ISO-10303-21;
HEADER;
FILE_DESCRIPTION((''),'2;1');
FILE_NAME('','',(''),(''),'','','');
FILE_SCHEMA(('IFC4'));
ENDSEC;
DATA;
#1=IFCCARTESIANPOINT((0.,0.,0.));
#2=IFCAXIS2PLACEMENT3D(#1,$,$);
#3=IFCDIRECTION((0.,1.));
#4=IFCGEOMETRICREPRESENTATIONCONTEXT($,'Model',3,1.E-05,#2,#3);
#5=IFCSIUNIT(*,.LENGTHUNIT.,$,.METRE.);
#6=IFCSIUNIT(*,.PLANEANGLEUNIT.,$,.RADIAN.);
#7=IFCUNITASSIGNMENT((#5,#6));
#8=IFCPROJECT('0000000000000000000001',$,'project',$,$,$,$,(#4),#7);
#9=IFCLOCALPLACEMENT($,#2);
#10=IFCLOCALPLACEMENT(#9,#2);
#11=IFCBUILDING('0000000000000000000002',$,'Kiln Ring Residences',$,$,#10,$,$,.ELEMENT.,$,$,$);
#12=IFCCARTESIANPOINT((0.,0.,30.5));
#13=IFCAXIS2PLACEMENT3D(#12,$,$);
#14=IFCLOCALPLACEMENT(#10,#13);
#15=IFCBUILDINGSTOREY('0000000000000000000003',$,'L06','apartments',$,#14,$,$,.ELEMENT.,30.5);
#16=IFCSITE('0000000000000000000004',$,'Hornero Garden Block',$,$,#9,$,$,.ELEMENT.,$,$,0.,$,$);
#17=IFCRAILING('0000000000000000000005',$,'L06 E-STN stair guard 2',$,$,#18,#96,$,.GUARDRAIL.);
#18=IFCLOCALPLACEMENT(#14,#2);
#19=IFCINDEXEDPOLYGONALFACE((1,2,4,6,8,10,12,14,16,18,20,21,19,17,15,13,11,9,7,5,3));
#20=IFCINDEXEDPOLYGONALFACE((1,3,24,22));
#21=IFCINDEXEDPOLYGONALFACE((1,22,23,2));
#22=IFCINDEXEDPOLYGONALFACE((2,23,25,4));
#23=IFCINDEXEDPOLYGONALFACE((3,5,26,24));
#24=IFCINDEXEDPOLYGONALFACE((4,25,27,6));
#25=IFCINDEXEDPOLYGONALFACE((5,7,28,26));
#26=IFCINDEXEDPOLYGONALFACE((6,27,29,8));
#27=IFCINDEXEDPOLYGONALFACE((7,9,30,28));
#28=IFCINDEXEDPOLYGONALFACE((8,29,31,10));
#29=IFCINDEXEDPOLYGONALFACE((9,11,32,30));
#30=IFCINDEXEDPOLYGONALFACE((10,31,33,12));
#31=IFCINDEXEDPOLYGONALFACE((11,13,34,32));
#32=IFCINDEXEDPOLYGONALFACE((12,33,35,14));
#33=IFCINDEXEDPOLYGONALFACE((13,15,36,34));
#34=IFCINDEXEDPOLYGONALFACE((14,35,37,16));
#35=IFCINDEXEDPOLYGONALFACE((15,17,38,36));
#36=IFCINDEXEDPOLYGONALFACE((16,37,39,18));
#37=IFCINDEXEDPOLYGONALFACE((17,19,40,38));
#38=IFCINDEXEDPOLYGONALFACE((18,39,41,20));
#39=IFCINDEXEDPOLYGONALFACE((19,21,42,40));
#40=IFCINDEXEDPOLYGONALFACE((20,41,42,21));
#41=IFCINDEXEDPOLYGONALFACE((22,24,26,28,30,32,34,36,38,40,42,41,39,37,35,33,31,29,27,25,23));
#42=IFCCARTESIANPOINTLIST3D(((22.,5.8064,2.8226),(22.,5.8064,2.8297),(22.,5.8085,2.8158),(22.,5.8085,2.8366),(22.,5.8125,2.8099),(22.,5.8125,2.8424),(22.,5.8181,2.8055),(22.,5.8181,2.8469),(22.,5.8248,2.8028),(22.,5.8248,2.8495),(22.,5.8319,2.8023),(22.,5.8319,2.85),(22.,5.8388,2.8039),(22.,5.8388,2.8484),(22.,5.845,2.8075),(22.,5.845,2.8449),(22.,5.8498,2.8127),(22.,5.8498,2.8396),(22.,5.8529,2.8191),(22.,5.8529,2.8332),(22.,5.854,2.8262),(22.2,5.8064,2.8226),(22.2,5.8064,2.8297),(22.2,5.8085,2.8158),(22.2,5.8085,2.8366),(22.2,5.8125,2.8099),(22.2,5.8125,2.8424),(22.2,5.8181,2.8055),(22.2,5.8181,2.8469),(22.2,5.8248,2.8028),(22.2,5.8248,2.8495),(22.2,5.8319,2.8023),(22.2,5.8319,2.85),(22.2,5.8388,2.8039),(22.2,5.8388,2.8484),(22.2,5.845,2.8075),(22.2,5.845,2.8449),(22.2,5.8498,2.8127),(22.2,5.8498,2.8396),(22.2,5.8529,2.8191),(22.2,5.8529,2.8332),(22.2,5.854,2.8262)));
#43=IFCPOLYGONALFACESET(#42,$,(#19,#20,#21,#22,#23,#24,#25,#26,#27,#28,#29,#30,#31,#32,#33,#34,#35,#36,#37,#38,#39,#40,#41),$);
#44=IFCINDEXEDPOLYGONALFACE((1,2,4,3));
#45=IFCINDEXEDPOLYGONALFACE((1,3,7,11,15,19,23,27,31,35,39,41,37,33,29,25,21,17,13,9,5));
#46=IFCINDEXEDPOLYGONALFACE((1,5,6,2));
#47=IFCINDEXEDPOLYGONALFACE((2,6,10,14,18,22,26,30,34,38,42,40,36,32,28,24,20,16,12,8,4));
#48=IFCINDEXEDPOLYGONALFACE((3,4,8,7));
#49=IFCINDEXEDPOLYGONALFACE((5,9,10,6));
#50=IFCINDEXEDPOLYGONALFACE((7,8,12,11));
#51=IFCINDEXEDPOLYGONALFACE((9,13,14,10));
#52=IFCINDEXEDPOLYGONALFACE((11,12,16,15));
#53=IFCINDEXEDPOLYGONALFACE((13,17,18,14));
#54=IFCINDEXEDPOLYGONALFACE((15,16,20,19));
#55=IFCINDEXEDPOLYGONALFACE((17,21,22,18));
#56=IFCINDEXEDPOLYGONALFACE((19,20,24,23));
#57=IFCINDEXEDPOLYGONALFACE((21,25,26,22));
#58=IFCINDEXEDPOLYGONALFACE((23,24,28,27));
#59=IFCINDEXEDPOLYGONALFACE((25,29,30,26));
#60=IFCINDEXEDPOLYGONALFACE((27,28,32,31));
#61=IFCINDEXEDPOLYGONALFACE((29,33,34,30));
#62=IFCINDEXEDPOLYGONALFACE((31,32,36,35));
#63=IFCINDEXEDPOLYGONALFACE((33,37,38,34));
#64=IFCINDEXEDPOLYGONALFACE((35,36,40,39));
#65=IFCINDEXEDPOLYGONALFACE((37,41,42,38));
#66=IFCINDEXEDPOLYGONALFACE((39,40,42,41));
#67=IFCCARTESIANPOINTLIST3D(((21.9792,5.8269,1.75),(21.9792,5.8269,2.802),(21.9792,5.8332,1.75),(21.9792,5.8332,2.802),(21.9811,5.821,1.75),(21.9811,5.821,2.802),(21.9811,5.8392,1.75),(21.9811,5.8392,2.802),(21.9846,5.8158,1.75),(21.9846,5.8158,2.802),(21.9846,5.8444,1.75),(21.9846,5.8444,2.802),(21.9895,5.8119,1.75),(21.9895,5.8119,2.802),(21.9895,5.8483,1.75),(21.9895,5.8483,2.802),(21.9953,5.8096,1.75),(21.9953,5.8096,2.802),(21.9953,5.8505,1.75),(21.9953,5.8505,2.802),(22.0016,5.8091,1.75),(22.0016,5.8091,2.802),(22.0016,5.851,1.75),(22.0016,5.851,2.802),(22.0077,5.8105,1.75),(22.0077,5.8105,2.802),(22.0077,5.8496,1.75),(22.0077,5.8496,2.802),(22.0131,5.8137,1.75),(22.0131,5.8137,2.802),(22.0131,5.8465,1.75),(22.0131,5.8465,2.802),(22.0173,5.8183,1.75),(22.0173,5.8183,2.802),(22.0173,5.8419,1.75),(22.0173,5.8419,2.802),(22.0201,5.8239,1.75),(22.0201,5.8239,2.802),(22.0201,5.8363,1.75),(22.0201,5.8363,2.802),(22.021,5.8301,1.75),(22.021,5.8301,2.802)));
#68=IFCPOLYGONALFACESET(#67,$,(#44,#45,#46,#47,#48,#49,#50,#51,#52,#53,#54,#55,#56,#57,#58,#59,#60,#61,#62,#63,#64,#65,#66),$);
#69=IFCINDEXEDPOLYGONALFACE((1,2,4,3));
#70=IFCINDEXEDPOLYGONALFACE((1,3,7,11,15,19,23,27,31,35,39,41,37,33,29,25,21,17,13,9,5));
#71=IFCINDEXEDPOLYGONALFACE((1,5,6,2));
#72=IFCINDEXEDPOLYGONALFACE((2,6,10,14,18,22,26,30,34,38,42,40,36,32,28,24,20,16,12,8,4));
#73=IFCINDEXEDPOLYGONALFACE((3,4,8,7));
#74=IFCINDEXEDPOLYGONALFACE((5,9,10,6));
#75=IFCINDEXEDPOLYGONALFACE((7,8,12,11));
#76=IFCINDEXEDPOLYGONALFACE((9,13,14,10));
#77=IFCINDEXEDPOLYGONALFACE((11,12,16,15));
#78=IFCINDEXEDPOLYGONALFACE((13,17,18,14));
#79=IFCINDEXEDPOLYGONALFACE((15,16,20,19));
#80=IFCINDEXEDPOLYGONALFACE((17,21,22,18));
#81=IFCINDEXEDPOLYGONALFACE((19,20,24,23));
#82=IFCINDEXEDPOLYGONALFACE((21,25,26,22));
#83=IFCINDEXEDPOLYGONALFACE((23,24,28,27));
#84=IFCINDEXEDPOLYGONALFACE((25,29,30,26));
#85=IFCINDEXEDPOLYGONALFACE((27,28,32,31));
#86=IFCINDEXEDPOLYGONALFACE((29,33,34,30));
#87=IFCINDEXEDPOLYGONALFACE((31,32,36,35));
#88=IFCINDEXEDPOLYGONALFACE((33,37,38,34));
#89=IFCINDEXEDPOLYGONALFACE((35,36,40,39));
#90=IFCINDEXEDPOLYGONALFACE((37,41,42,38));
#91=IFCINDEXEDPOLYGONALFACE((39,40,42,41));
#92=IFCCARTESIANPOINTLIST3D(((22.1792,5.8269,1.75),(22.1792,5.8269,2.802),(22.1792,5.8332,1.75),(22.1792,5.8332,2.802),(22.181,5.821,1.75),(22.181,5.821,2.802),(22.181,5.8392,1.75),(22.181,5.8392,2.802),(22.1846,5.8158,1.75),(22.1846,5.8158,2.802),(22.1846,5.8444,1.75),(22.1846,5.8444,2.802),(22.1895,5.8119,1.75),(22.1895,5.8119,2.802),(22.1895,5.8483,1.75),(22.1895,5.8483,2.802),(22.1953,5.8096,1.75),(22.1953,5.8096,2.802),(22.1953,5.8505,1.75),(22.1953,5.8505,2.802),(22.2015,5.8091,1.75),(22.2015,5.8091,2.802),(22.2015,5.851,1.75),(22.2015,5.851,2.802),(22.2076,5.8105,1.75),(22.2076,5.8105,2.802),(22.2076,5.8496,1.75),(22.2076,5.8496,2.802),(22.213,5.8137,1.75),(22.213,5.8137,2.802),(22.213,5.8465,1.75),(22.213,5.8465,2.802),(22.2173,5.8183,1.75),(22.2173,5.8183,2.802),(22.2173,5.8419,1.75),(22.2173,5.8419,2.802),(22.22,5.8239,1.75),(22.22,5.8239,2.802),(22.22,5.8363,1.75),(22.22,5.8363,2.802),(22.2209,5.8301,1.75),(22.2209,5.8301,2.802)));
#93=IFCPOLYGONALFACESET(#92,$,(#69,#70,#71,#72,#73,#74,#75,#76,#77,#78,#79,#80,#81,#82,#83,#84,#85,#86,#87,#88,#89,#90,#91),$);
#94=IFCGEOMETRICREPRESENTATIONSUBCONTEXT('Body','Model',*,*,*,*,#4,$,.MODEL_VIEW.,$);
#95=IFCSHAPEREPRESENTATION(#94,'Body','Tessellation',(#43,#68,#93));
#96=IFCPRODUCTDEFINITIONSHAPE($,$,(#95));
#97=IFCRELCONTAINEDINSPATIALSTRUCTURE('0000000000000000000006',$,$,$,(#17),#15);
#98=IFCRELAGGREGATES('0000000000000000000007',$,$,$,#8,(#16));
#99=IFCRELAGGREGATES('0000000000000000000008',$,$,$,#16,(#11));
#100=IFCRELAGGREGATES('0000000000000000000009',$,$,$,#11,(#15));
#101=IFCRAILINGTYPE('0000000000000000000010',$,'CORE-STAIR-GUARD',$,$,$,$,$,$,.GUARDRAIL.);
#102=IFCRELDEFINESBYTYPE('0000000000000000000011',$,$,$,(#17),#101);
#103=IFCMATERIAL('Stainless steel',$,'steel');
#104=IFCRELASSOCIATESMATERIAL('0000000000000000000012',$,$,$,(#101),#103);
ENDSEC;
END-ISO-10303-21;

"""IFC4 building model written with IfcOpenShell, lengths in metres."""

from ifc_helpers import new_model, si_unit, direction, frame, origin, origin_2d, place, context, subcontext, project, spatial, circle, extrude, material, type_object, element, save


model = new_model("IFC4")

# Units and contexts
model_context = context("Model", 3, precision=1e-05, world=origin(), true_north=direction((0.0, 1.0)))
body_context = subcontext(model_context, "Body", "Model", "MODEL_VIEW")
ifc_project = project(units=[si_unit("LENGTHUNIT", "METRE"), si_unit("PLANEANGLEUNIT", "RADIAN")], contexts=[model_context])

# Site, building, storey
site_placement = place(None, origin())
site = spatial("IfcSite", under=ifc_project, at=site_placement, Name="Hornero Garden Block", CompositionType="ELEMENT", RefElevation=0.0)
building_placement = place(site_placement, origin())
building = spatial("IfcBuilding", under=site, at=building_placement, Name="Kiln Ring Residences", CompositionType="ELEMENT")
storey_placement = place(building_placement, frame((0.0, 0.0, 30.5)))
storey = spatial("IfcBuildingStorey", under=building, at=storey_placement, Name="L06", Description="apartments", CompositionType="ELEMENT", Elevation=30.5)

# Railing
ifc_material_1 = material(Name="Stainless steel", Category="steel")
railing_type_1 = type_object("IfcRailingType", Name="CORE-STAIR-GUARD", PredefinedType="GUARDRAIL", material=ifc_material_1)
railing_1_placement = place(storey_placement, frame((22.0, 5.8301, 1.75)))
element("IfcRailing", 1, at=railing_1_placement, inside=storey, type_object=railing_type_1, Name="L06 E-STN stair guard 2", PredefinedType="GUARDRAIL", context=body_context, shape_type="SweptSolid", body=[
    extrude(circle(Radius=0.0239, at=origin_2d()), frame((0.0, 0.0, 1.0762), z_axis=(1.0, 0.0, 0.0), x_axis=(0.0, 1.0, 0.0)), (0.0, 0.0, 1.0), 0.2),
    extrude(circle(Radius=0.021, at=origin_2d()), origin(), (0.0, 0.0, 1.0), 1.052),
    extrude(circle(Radius=0.021, at=origin_2d()), frame((0.2, 0.0, 0.0)), (0.0, 0.0, 1.0), 1.052),
])

save(model, "model.ifc")
